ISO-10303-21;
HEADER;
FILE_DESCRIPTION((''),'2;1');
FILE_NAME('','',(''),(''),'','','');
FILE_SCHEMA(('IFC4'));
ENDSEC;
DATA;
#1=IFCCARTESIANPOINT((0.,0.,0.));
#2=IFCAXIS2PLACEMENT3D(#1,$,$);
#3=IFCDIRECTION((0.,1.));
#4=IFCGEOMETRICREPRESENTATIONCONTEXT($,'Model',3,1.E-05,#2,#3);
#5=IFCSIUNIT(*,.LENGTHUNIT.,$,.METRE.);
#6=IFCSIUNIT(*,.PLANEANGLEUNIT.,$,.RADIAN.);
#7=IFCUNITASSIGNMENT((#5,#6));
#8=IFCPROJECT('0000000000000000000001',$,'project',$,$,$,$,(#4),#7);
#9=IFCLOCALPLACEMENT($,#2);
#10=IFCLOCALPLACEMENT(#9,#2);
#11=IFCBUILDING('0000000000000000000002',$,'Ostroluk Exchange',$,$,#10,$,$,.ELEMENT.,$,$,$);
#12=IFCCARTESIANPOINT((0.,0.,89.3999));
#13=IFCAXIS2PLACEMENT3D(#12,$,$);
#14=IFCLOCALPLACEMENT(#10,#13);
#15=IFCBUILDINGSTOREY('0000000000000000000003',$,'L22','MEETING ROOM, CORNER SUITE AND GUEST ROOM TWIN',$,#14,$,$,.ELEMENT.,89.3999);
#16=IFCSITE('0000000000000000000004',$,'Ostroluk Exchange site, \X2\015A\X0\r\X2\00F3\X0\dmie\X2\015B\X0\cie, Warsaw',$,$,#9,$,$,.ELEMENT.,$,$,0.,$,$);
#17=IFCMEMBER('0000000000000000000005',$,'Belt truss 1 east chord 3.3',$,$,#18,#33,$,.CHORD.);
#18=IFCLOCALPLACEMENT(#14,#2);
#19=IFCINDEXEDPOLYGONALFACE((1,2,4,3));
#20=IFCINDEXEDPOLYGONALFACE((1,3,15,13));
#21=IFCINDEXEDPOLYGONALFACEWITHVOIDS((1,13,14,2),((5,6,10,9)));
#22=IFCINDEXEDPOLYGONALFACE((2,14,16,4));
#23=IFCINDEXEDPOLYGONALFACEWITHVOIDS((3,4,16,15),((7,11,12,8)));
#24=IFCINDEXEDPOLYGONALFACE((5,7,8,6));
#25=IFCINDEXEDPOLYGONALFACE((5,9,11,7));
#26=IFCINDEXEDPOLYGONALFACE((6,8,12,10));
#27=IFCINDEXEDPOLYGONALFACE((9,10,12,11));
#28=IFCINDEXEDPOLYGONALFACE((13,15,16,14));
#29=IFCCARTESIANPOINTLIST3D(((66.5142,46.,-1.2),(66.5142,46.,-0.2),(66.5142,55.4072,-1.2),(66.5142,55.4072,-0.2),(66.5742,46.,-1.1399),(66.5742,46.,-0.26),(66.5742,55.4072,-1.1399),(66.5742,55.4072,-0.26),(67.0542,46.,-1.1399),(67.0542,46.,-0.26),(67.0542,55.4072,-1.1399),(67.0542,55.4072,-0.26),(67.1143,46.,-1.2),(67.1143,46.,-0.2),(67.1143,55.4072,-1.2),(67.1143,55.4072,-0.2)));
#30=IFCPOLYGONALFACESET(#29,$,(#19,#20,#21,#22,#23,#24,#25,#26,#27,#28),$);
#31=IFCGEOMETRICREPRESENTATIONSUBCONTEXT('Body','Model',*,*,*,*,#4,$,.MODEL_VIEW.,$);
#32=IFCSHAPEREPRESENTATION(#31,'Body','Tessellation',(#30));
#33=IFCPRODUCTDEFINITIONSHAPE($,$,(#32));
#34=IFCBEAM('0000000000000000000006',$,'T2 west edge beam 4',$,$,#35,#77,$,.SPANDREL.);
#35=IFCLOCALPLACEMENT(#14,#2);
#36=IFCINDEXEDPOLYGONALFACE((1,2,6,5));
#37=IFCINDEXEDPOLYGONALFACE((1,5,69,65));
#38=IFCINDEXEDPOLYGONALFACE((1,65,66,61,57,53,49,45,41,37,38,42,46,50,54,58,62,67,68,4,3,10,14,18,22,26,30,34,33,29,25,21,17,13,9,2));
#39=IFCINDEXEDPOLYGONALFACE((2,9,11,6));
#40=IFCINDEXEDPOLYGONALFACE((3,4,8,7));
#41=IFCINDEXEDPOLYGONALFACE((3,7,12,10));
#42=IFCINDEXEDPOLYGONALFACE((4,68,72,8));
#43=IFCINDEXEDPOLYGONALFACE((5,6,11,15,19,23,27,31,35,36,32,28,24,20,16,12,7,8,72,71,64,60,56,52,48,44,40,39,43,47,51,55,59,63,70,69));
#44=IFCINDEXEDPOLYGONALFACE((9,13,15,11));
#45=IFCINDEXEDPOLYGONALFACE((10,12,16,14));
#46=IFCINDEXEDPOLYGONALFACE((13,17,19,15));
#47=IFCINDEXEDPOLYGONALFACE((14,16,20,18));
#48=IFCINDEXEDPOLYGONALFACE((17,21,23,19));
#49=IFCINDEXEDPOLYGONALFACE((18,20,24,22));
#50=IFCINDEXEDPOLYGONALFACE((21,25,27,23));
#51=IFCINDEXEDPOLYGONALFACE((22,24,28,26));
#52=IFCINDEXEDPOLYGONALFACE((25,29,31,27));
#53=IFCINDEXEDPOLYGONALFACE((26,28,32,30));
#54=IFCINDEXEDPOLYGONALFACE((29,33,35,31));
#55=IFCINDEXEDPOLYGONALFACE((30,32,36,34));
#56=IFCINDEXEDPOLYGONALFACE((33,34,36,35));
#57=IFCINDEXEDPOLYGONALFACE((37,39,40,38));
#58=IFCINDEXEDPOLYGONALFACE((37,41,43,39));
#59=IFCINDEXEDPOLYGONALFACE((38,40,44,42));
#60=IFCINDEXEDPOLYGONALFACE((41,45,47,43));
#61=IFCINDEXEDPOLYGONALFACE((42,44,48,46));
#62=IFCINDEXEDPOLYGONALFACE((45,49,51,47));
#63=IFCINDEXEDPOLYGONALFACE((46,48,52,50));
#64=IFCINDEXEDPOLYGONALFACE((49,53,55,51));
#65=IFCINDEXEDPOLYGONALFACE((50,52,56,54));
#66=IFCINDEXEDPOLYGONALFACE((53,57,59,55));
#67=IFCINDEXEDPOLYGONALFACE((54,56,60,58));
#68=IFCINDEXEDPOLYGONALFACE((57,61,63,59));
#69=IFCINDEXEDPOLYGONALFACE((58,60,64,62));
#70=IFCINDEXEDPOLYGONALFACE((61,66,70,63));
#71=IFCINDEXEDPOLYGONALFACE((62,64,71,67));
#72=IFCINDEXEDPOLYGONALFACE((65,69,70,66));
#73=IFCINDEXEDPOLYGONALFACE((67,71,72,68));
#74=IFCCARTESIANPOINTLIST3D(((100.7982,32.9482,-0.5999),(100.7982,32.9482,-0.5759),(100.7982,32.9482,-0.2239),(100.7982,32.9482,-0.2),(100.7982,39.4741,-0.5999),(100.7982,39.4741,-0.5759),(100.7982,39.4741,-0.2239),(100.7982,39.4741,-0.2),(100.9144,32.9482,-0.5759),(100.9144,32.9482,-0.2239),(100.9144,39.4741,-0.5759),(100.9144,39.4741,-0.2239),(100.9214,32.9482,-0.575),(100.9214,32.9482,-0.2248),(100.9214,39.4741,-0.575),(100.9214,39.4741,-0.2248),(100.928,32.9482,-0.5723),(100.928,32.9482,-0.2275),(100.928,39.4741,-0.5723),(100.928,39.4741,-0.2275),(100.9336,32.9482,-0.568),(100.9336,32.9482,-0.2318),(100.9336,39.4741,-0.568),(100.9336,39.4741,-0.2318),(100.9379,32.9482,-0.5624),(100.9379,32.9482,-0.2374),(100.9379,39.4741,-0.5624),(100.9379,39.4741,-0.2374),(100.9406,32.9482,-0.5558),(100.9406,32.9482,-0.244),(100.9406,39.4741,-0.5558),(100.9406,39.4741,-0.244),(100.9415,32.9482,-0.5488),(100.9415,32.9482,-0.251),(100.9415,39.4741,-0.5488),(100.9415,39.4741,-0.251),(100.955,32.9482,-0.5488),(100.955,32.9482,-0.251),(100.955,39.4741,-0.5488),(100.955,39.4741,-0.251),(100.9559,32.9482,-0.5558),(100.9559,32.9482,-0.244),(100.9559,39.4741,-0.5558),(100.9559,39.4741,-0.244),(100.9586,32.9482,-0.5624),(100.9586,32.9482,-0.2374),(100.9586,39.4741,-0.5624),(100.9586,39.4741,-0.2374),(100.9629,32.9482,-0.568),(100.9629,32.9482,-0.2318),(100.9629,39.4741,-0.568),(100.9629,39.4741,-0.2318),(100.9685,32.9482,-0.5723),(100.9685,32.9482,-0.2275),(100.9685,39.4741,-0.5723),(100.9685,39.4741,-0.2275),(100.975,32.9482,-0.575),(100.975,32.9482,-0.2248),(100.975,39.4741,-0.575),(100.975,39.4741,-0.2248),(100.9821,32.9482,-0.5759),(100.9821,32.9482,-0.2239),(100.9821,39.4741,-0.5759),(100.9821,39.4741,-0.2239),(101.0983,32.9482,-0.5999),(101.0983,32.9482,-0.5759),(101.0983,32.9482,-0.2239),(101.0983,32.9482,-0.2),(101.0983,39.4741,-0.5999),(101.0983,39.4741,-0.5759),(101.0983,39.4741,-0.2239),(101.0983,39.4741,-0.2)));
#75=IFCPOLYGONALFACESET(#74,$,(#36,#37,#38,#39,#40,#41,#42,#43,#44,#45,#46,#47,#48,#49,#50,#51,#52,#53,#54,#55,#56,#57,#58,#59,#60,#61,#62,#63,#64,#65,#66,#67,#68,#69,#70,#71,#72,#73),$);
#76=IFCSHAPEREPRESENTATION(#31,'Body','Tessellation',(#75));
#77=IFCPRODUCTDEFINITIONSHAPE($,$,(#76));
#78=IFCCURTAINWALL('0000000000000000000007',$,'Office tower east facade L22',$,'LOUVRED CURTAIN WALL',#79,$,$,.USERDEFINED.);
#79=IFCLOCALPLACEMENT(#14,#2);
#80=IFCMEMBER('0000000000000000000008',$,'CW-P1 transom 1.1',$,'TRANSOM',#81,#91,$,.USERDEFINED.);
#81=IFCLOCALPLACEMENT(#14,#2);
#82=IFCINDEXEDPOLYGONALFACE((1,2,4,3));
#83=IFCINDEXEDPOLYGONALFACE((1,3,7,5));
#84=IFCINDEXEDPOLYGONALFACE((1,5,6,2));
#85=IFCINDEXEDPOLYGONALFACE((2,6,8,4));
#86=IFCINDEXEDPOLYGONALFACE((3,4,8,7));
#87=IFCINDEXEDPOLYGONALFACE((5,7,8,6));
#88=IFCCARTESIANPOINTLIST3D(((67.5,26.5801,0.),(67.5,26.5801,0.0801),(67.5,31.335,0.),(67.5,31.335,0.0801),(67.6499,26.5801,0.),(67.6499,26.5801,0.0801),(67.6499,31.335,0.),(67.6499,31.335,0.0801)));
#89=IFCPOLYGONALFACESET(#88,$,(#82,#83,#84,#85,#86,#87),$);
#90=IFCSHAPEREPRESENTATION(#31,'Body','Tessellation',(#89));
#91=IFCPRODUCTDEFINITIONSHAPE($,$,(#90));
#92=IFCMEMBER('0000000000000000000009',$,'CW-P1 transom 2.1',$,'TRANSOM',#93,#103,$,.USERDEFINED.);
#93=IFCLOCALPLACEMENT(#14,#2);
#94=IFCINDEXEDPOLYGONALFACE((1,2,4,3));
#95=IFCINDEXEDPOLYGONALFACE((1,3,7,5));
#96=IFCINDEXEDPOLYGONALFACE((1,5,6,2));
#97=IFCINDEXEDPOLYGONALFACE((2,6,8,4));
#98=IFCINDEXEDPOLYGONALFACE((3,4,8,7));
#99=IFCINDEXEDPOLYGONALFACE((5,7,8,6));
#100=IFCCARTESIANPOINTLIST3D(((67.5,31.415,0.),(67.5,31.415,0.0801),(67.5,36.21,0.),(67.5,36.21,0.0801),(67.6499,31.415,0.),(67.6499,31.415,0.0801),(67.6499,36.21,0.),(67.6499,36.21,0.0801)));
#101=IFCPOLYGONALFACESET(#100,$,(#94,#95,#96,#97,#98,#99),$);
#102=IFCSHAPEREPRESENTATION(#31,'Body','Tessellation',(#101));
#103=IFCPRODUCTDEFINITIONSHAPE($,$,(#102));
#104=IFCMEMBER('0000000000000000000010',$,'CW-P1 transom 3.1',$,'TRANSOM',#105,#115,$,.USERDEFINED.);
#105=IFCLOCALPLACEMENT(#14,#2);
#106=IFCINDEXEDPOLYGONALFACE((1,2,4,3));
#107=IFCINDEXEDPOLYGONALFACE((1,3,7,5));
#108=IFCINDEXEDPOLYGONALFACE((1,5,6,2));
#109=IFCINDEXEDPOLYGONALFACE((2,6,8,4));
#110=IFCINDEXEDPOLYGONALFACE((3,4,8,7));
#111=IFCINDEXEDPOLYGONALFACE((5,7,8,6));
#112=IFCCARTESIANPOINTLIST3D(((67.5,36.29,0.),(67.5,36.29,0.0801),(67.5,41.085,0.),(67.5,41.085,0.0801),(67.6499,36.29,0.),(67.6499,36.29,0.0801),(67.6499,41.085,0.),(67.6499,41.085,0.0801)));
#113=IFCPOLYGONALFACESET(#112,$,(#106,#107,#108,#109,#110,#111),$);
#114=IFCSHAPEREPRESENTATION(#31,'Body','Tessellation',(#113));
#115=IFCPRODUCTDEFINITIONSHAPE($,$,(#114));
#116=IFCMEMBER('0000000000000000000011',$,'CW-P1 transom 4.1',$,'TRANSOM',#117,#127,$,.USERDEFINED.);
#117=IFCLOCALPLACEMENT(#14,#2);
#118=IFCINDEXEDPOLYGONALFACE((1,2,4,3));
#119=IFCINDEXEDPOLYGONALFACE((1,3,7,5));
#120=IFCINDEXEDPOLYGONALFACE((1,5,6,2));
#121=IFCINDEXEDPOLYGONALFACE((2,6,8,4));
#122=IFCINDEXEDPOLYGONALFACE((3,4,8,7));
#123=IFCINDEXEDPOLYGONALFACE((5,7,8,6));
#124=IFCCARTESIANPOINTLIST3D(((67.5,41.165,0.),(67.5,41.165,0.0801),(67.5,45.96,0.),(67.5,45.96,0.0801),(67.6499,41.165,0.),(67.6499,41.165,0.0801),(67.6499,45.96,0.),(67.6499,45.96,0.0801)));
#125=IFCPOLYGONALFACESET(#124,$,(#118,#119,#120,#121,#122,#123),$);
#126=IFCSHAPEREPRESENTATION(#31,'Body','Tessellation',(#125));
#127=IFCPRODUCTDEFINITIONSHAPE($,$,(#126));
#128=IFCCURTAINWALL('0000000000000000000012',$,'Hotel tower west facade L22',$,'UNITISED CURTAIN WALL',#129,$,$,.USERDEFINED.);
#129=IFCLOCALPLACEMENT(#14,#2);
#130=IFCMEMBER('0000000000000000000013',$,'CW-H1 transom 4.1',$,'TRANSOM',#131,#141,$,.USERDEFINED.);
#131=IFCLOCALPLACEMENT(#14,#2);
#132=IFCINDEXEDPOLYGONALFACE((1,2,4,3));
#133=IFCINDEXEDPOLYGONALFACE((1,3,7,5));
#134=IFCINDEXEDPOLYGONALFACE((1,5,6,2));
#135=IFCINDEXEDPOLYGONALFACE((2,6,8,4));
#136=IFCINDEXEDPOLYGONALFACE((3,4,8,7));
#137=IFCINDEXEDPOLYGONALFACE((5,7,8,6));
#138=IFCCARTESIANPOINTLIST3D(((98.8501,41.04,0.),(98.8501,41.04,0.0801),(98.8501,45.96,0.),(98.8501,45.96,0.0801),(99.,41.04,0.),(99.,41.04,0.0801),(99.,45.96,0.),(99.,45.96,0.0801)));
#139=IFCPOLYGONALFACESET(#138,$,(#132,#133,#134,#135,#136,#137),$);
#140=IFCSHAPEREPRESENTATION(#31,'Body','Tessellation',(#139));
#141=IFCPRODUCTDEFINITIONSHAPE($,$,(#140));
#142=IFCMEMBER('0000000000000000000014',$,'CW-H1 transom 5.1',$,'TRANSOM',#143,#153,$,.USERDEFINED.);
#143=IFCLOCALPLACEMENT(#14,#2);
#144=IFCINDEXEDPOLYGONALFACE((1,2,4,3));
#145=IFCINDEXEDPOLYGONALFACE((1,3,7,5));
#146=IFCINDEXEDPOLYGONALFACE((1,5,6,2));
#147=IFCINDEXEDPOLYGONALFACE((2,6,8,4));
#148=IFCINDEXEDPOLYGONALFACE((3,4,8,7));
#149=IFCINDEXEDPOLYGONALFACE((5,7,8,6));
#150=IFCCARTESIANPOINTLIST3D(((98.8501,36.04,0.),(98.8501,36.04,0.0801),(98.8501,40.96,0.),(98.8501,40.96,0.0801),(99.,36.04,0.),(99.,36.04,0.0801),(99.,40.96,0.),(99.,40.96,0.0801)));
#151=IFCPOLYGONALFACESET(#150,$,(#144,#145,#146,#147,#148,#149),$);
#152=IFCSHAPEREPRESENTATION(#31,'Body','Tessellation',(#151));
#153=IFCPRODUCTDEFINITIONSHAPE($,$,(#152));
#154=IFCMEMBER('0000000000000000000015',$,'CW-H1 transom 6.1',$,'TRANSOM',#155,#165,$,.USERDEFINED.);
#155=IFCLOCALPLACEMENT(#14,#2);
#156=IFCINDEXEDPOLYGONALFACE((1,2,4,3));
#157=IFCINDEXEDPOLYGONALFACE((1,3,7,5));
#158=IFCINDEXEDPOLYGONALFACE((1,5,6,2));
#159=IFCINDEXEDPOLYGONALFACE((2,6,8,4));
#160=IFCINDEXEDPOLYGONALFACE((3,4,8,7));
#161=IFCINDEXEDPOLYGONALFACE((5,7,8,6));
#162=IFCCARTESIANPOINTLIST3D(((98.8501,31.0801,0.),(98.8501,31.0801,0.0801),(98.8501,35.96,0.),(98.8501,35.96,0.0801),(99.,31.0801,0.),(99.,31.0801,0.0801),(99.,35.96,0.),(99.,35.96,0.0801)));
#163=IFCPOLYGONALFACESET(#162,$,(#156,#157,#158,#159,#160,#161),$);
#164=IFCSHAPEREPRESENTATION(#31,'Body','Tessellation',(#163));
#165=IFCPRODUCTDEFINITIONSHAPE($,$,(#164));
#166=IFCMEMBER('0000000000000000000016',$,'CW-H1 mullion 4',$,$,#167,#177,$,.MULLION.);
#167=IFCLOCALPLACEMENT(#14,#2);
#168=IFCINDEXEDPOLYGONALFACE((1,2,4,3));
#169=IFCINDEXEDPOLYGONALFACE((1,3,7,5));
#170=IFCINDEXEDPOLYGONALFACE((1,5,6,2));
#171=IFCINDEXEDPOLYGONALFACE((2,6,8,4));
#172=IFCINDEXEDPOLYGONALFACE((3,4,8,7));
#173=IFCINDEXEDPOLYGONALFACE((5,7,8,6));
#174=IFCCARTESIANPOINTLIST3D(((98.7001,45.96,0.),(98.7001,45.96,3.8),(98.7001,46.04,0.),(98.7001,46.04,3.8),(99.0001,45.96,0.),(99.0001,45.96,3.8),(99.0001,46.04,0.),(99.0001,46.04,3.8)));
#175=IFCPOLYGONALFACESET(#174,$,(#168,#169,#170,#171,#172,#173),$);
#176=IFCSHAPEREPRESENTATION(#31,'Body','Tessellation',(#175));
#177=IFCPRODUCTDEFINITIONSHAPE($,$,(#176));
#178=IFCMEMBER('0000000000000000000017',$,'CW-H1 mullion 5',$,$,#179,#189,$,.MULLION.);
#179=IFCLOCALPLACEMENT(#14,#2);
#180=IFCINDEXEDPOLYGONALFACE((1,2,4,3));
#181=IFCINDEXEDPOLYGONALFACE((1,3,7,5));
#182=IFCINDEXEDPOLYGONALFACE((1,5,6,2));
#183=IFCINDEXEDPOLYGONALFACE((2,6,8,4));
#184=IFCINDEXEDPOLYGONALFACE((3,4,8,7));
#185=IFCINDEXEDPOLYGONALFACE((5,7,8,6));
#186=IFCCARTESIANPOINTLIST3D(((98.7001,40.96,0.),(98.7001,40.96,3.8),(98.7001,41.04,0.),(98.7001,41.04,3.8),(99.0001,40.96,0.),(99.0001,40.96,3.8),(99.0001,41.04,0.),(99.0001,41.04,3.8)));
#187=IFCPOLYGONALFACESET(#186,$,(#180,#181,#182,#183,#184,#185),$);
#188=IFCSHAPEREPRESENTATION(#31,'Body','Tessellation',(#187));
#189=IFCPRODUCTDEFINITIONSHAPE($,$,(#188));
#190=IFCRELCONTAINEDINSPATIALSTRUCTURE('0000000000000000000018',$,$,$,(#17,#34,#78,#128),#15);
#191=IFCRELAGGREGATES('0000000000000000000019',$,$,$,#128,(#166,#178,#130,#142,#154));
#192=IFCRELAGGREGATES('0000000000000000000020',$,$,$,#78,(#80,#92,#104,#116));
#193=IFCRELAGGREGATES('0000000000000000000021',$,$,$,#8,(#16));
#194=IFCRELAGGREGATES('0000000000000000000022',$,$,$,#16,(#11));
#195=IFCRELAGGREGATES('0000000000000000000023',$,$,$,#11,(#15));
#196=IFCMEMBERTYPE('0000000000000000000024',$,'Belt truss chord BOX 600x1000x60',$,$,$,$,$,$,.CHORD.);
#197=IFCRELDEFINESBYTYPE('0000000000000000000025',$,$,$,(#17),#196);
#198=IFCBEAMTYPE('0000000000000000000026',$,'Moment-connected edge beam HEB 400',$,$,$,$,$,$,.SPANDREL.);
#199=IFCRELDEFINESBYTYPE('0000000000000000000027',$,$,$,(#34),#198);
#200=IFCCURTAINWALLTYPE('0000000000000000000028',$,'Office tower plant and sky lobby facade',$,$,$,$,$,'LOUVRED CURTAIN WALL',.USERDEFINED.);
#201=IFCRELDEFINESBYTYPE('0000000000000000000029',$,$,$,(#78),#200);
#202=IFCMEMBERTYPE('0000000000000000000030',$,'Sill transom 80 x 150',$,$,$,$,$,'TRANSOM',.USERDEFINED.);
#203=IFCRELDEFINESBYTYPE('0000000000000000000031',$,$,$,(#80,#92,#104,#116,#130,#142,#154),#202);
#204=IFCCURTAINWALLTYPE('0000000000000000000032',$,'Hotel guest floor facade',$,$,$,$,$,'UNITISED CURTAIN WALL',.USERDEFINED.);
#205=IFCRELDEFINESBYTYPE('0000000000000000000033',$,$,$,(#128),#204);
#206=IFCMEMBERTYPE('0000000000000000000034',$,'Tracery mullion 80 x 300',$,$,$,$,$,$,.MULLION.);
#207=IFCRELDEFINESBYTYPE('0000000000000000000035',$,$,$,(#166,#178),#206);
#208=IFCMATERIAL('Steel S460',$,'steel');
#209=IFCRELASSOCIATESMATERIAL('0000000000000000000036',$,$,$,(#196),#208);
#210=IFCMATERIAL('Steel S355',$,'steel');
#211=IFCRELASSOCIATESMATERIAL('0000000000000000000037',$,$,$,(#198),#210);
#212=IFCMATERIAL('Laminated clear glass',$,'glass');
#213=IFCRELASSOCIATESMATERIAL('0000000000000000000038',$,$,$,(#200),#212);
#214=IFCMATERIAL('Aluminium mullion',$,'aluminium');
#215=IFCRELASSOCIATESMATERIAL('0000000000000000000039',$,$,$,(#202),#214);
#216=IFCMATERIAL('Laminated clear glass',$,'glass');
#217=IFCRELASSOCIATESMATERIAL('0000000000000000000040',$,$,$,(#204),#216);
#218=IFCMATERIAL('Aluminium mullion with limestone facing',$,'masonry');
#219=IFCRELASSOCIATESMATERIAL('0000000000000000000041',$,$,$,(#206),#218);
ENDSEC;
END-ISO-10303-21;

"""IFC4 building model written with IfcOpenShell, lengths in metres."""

from ifc_helpers import new_model, si_unit, direction, frame, origin, origin_2d, place, context, subcontext, project, spatial, rectangle, hollow_rectangle, i_section, extrude, material, material_profile, profile_set, type_object, element, aggregate, save


model = new_model("IFC4")

# Units and contexts
model_context = context("Model", 3, precision=1e-05, world=origin(), true_north=direction((0.0, 1.0)))
body_context = subcontext(model_context, "Body", "Model", "MODEL_VIEW")
ifc_project = project(units=[si_unit("LENGTHUNIT", "METRE"), si_unit("PLANEANGLEUNIT", "RADIAN")], contexts=[model_context])

# Site, building, storey
site_placement = place(None, origin())
site = spatial("IfcSite", under=ifc_project, at=site_placement, Name="Ostroluk Exchange site, Śródmieście, Warsaw", CompositionType="ELEMENT", RefElevation=0.0)
building_placement = place(site_placement, origin())
building = spatial("IfcBuilding", under=site, at=building_placement, Name="Ostroluk Exchange", CompositionType="ELEMENT")
storey_placement = place(building_placement, frame((0.0, 0.0, 89.3999)))
storey = spatial("IfcBuildingStorey", under=building, at=storey_placement, Name="L22", Description="MEETING ROOM, CORNER SUITE AND GUEST ROOM TWIN", CompositionType="ELEMENT", Elevation=89.3999)

# Member
ifc_material_1 = material(Name="Steel S460", Category="steel")
ifc_material_profile_1 = material_profile(ifc_material_1, hollow_rectangle(XDim=0.6001, YDim=1.0, WallThickness=0.0601, at=origin_2d()), Name="BOX 600x1000x60")
ifc_profile_set_1 = profile_set([ifc_material_profile_1], Name="Steel S460")
member_type_1 = type_object("IfcMemberType", Name="Belt truss chord BOX 600x1000x60", PredefinedType="CHORD", material=ifc_profile_set_1)
for number, where, z_axis, x_axis, name in (
    (1, (66.8142, 46.0, -0.7), (0.0, 1.0, 0.0), (-1.0, 0.0, 0.0), "Belt truss 1 east chord 3.3"),
):
    element("IfcMember", number, at=place(storey_placement, frame(where, z_axis=z_axis, x_axis=x_axis)), inside=storey, type_object=member_type_1, Name=name, PredefinedType="CHORD", context=body_context, shape_type="SweptSolid", body=[
        extrude(hollow_rectangle(XDim=0.6001, YDim=1.0, WallThickness=0.0601, at=origin_2d()), origin(), (0.0, 0.0, 1.0), 9.4072),
    ])

# Beam
ifc_material_2 = material(Name="Steel S355", Category="steel")
ifc_material_profile_2 = material_profile(ifc_material_2, i_section(OverallWidth=0.3, OverallDepth=0.3999, WebThickness=0.0134, FlangeThickness=0.0239, FilletRadius=0.0271, at=origin_2d()), Name="HEB 400")
ifc_profile_set_2 = profile_set([ifc_material_profile_2], Name="Steel S355")
beam_type_1 = type_object("IfcBeamType", Name="Moment-connected edge beam HEB 400", PredefinedType="SPANDREL", material=ifc_profile_set_2)
beam_placement = place(storey_placement, frame((100.9482, 39.4741, -0.3999), z_axis=(0.0, -1.0, 0.0), x_axis=(1.0, 0.0, 0.0)))
element("IfcBeam", 2, at=beam_placement, inside=storey, type_object=beam_type_1, Name="T2 west edge beam 4", PredefinedType="SPANDREL", context=body_context, shape_type="SweptSolid", body=[
    extrude(i_section(OverallWidth=0.3, OverallDepth=0.3999, WebThickness=0.0134, FlangeThickness=0.0239, FilletRadius=0.0271, at=origin_2d()), origin(), (0.0, 0.0, 1.0), 6.5259),
])

# Curtain walls, members
ifc_material_3 = material(Name="Laminated clear glass", Category="glass")
curtain_wall_type_1 = type_object("IfcCurtainWallType", Name="Office tower plant and sky lobby facade", ElementType="LOUVRED CURTAIN WALL", PredefinedType="USERDEFINED", material=ifc_material_3)
curtain_wall_1_placement = place(storey_placement, origin())
curtain_wall_1 = element("IfcCurtainWall", 3, at=curtain_wall_1_placement, inside=storey, type_object=curtain_wall_type_1, Name="Office tower east facade L22", ObjectType="LOUVRED CURTAIN WALL", PredefinedType="USERDEFINED")
ifc_material_4 = material(Name="Aluminium mullion", Category="aluminium")
ifc_material_profile_3 = material_profile(ifc_material_4, rectangle(XDim=0.1499, YDim=0.0801, at=origin_2d()), Name="Sill transom 80 x 150")
ifc_profile_set_3 = profile_set([ifc_material_profile_3], Name="Aluminium mullion")
member_type_2 = type_object("IfcMemberType", Name="Sill transom 80 x 150", ElementType="TRANSOM", PredefinedType="USERDEFINED", material=ifc_profile_set_3)
member_1_placement = place(storey_placement, frame((67.575, 26.5801, 0.04), z_axis=(0.0, 1.0, 0.0), x_axis=(-1.0, 0.0, 0.0)))
member_1 = element("IfcMember", 4, at=member_1_placement, type_object=member_type_2, Name="CW-P1 transom 1.1", ObjectType="TRANSOM", PredefinedType="USERDEFINED", context=body_context, shape_type="SweptSolid", body=[
    extrude(rectangle(XDim=0.1499, YDim=0.0801, at=origin_2d()), origin(), (0.0, 0.0, 1.0), 4.7549),
])
member_2_placement = place(storey_placement, frame((67.575, 31.415, 0.04), z_axis=(0.0, 1.0, 0.0), x_axis=(-1.0, 0.0, 0.0)))
member_2 = element("IfcMember", 5, at=member_2_placement, type_object=member_type_2, Name="CW-P1 transom 2.1", ObjectType="TRANSOM", PredefinedType="USERDEFINED", context=body_context, shape_type="SweptSolid", body=[
    extrude(rectangle(XDim=0.1499, YDim=0.0801, at=origin_2d()), origin(), (0.0, 0.0, 1.0), 4.7949),
])
member_3_placement = place(storey_placement, frame((67.575, 36.29, 0.04), z_axis=(0.0, 1.0, 0.0), x_axis=(-1.0, 0.0, 0.0)))
member_3 = element("IfcMember", 6, at=member_3_placement, type_object=member_type_2, Name="CW-P1 transom 3.1", ObjectType="TRANSOM", PredefinedType="USERDEFINED", context=body_context, shape_type="SweptSolid", body=[
    extrude(rectangle(XDim=0.1499, YDim=0.0801, at=origin_2d()), origin(), (0.0, 0.0, 1.0), 4.7949),
])
member_4_placement = place(storey_placement, frame((67.575, 41.165, 0.04), z_axis=(0.0, 1.0, 0.0), x_axis=(-1.0, 0.0, 0.0)))
member_4 = element("IfcMember", 7, at=member_4_placement, type_object=member_type_2, Name="CW-P1 transom 4.1", ObjectType="TRANSOM", PredefinedType="USERDEFINED", context=body_context, shape_type="SweptSolid", body=[
    extrude(rectangle(XDim=0.1499, YDim=0.0801, at=origin_2d()), origin(), (0.0, 0.0, 1.0), 4.7949),
])
ifc_material_5 = material(Name="Laminated clear glass", Category="glass")
curtain_wall_type_2 = type_object("IfcCurtainWallType", Name="Hotel guest floor facade", ElementType="UNITISED CURTAIN WALL", PredefinedType="USERDEFINED", material=ifc_material_5)
curtain_wall_2_placement = place(storey_placement, origin())
curtain_wall_2 = element("IfcCurtainWall", 8, at=curtain_wall_2_placement, inside=storey, type_object=curtain_wall_type_2, Name="Hotel tower west facade L22", ObjectType="UNITISED CURTAIN WALL", PredefinedType="USERDEFINED")
member_5_placement = place(storey_placement, frame((98.925, 45.96, 0.04), z_axis=(0.0, -1.0, 0.0), x_axis=(1.0, 0.0, 0.0)))
member_5 = element("IfcMember", 9, at=member_5_placement, type_object=member_type_2, Name="CW-H1 transom 4.1", ObjectType="TRANSOM", PredefinedType="USERDEFINED", context=body_context, shape_type="SweptSolid", body=[
    extrude(rectangle(XDim=0.1499, YDim=0.0801, at=origin_2d()), origin(), (0.0, 0.0, 1.0), 4.9199),
])
member_6_placement = place(storey_placement, frame((98.925, 40.96, 0.04), z_axis=(0.0, -1.0, 0.0), x_axis=(1.0, 0.0, 0.0)))
member_6 = element("IfcMember", 10, at=member_6_placement, type_object=member_type_2, Name="CW-H1 transom 5.1", ObjectType="TRANSOM", PredefinedType="USERDEFINED", context=body_context, shape_type="SweptSolid", body=[
    extrude(rectangle(XDim=0.1499, YDim=0.0801, at=origin_2d()), origin(), (0.0, 0.0, 1.0), 4.9199),
])
member_7_placement = place(storey_placement, frame((98.925, 35.96, 0.04), z_axis=(0.0, -1.0, 0.0), x_axis=(1.0, 0.0, 0.0)))
member_7 = element("IfcMember", 11, at=member_7_placement, type_object=member_type_2, Name="CW-H1 transom 6.1", ObjectType="TRANSOM", PredefinedType="USERDEFINED", context=body_context, shape_type="SweptSolid", body=[
    extrude(rectangle(XDim=0.1499, YDim=0.0801, at=origin_2d()), origin(), (0.0, 0.0, 1.0), 4.8799),
])
ifc_material_6 = material(Name="Aluminium mullion with limestone facing", Category="masonry")
ifc_material_profile_4 = material_profile(ifc_material_6, rectangle(XDim=0.3, YDim=0.0801, at=origin_2d()), Name="Tracery mullion 80 x 300")
ifc_profile_set_4 = profile_set([ifc_material_profile_4], Name="Aluminium mullion with limestone facing")
member_type_3 = type_object("IfcMemberType", Name="Tracery mullion 80 x 300", PredefinedType="MULLION", material=ifc_profile_set_4)
member_8_placement = place(storey_placement, frame((98.8501, 46.0, 0.0), z_axis=(0.0, 0.0, 1.0), x_axis=(1.0, 0.0, 0.0)))
member_8 = element("IfcMember", 12, at=member_8_placement, type_object=member_type_3, Name="CW-H1 mullion 4", PredefinedType="MULLION", context=body_context, shape_type="SweptSolid", body=[
    extrude(rectangle(XDim=0.3, YDim=0.0801, at=origin_2d()), origin(), (0.0, 0.0, 1.0), 3.8),
])
member_9_placement = place(storey_placement, frame((98.8501, 41.0, 0.0), z_axis=(0.0, 0.0, 1.0), x_axis=(1.0, 0.0, 0.0)))
member_9 = element("IfcMember", 13, at=member_9_placement, type_object=member_type_3, Name="CW-H1 mullion 5", PredefinedType="MULLION", context=body_context, shape_type="SweptSolid", body=[
    extrude(rectangle(XDim=0.3, YDim=0.0801, at=origin_2d()), origin(), (0.0, 0.0, 1.0), 3.8),
])

aggregate(curtain_wall_2, [member_8, member_9, member_5, member_6, member_7])
aggregate(curtain_wall_1, [member_1, member_2, member_3, member_4])

save(model, "model.ifc")
